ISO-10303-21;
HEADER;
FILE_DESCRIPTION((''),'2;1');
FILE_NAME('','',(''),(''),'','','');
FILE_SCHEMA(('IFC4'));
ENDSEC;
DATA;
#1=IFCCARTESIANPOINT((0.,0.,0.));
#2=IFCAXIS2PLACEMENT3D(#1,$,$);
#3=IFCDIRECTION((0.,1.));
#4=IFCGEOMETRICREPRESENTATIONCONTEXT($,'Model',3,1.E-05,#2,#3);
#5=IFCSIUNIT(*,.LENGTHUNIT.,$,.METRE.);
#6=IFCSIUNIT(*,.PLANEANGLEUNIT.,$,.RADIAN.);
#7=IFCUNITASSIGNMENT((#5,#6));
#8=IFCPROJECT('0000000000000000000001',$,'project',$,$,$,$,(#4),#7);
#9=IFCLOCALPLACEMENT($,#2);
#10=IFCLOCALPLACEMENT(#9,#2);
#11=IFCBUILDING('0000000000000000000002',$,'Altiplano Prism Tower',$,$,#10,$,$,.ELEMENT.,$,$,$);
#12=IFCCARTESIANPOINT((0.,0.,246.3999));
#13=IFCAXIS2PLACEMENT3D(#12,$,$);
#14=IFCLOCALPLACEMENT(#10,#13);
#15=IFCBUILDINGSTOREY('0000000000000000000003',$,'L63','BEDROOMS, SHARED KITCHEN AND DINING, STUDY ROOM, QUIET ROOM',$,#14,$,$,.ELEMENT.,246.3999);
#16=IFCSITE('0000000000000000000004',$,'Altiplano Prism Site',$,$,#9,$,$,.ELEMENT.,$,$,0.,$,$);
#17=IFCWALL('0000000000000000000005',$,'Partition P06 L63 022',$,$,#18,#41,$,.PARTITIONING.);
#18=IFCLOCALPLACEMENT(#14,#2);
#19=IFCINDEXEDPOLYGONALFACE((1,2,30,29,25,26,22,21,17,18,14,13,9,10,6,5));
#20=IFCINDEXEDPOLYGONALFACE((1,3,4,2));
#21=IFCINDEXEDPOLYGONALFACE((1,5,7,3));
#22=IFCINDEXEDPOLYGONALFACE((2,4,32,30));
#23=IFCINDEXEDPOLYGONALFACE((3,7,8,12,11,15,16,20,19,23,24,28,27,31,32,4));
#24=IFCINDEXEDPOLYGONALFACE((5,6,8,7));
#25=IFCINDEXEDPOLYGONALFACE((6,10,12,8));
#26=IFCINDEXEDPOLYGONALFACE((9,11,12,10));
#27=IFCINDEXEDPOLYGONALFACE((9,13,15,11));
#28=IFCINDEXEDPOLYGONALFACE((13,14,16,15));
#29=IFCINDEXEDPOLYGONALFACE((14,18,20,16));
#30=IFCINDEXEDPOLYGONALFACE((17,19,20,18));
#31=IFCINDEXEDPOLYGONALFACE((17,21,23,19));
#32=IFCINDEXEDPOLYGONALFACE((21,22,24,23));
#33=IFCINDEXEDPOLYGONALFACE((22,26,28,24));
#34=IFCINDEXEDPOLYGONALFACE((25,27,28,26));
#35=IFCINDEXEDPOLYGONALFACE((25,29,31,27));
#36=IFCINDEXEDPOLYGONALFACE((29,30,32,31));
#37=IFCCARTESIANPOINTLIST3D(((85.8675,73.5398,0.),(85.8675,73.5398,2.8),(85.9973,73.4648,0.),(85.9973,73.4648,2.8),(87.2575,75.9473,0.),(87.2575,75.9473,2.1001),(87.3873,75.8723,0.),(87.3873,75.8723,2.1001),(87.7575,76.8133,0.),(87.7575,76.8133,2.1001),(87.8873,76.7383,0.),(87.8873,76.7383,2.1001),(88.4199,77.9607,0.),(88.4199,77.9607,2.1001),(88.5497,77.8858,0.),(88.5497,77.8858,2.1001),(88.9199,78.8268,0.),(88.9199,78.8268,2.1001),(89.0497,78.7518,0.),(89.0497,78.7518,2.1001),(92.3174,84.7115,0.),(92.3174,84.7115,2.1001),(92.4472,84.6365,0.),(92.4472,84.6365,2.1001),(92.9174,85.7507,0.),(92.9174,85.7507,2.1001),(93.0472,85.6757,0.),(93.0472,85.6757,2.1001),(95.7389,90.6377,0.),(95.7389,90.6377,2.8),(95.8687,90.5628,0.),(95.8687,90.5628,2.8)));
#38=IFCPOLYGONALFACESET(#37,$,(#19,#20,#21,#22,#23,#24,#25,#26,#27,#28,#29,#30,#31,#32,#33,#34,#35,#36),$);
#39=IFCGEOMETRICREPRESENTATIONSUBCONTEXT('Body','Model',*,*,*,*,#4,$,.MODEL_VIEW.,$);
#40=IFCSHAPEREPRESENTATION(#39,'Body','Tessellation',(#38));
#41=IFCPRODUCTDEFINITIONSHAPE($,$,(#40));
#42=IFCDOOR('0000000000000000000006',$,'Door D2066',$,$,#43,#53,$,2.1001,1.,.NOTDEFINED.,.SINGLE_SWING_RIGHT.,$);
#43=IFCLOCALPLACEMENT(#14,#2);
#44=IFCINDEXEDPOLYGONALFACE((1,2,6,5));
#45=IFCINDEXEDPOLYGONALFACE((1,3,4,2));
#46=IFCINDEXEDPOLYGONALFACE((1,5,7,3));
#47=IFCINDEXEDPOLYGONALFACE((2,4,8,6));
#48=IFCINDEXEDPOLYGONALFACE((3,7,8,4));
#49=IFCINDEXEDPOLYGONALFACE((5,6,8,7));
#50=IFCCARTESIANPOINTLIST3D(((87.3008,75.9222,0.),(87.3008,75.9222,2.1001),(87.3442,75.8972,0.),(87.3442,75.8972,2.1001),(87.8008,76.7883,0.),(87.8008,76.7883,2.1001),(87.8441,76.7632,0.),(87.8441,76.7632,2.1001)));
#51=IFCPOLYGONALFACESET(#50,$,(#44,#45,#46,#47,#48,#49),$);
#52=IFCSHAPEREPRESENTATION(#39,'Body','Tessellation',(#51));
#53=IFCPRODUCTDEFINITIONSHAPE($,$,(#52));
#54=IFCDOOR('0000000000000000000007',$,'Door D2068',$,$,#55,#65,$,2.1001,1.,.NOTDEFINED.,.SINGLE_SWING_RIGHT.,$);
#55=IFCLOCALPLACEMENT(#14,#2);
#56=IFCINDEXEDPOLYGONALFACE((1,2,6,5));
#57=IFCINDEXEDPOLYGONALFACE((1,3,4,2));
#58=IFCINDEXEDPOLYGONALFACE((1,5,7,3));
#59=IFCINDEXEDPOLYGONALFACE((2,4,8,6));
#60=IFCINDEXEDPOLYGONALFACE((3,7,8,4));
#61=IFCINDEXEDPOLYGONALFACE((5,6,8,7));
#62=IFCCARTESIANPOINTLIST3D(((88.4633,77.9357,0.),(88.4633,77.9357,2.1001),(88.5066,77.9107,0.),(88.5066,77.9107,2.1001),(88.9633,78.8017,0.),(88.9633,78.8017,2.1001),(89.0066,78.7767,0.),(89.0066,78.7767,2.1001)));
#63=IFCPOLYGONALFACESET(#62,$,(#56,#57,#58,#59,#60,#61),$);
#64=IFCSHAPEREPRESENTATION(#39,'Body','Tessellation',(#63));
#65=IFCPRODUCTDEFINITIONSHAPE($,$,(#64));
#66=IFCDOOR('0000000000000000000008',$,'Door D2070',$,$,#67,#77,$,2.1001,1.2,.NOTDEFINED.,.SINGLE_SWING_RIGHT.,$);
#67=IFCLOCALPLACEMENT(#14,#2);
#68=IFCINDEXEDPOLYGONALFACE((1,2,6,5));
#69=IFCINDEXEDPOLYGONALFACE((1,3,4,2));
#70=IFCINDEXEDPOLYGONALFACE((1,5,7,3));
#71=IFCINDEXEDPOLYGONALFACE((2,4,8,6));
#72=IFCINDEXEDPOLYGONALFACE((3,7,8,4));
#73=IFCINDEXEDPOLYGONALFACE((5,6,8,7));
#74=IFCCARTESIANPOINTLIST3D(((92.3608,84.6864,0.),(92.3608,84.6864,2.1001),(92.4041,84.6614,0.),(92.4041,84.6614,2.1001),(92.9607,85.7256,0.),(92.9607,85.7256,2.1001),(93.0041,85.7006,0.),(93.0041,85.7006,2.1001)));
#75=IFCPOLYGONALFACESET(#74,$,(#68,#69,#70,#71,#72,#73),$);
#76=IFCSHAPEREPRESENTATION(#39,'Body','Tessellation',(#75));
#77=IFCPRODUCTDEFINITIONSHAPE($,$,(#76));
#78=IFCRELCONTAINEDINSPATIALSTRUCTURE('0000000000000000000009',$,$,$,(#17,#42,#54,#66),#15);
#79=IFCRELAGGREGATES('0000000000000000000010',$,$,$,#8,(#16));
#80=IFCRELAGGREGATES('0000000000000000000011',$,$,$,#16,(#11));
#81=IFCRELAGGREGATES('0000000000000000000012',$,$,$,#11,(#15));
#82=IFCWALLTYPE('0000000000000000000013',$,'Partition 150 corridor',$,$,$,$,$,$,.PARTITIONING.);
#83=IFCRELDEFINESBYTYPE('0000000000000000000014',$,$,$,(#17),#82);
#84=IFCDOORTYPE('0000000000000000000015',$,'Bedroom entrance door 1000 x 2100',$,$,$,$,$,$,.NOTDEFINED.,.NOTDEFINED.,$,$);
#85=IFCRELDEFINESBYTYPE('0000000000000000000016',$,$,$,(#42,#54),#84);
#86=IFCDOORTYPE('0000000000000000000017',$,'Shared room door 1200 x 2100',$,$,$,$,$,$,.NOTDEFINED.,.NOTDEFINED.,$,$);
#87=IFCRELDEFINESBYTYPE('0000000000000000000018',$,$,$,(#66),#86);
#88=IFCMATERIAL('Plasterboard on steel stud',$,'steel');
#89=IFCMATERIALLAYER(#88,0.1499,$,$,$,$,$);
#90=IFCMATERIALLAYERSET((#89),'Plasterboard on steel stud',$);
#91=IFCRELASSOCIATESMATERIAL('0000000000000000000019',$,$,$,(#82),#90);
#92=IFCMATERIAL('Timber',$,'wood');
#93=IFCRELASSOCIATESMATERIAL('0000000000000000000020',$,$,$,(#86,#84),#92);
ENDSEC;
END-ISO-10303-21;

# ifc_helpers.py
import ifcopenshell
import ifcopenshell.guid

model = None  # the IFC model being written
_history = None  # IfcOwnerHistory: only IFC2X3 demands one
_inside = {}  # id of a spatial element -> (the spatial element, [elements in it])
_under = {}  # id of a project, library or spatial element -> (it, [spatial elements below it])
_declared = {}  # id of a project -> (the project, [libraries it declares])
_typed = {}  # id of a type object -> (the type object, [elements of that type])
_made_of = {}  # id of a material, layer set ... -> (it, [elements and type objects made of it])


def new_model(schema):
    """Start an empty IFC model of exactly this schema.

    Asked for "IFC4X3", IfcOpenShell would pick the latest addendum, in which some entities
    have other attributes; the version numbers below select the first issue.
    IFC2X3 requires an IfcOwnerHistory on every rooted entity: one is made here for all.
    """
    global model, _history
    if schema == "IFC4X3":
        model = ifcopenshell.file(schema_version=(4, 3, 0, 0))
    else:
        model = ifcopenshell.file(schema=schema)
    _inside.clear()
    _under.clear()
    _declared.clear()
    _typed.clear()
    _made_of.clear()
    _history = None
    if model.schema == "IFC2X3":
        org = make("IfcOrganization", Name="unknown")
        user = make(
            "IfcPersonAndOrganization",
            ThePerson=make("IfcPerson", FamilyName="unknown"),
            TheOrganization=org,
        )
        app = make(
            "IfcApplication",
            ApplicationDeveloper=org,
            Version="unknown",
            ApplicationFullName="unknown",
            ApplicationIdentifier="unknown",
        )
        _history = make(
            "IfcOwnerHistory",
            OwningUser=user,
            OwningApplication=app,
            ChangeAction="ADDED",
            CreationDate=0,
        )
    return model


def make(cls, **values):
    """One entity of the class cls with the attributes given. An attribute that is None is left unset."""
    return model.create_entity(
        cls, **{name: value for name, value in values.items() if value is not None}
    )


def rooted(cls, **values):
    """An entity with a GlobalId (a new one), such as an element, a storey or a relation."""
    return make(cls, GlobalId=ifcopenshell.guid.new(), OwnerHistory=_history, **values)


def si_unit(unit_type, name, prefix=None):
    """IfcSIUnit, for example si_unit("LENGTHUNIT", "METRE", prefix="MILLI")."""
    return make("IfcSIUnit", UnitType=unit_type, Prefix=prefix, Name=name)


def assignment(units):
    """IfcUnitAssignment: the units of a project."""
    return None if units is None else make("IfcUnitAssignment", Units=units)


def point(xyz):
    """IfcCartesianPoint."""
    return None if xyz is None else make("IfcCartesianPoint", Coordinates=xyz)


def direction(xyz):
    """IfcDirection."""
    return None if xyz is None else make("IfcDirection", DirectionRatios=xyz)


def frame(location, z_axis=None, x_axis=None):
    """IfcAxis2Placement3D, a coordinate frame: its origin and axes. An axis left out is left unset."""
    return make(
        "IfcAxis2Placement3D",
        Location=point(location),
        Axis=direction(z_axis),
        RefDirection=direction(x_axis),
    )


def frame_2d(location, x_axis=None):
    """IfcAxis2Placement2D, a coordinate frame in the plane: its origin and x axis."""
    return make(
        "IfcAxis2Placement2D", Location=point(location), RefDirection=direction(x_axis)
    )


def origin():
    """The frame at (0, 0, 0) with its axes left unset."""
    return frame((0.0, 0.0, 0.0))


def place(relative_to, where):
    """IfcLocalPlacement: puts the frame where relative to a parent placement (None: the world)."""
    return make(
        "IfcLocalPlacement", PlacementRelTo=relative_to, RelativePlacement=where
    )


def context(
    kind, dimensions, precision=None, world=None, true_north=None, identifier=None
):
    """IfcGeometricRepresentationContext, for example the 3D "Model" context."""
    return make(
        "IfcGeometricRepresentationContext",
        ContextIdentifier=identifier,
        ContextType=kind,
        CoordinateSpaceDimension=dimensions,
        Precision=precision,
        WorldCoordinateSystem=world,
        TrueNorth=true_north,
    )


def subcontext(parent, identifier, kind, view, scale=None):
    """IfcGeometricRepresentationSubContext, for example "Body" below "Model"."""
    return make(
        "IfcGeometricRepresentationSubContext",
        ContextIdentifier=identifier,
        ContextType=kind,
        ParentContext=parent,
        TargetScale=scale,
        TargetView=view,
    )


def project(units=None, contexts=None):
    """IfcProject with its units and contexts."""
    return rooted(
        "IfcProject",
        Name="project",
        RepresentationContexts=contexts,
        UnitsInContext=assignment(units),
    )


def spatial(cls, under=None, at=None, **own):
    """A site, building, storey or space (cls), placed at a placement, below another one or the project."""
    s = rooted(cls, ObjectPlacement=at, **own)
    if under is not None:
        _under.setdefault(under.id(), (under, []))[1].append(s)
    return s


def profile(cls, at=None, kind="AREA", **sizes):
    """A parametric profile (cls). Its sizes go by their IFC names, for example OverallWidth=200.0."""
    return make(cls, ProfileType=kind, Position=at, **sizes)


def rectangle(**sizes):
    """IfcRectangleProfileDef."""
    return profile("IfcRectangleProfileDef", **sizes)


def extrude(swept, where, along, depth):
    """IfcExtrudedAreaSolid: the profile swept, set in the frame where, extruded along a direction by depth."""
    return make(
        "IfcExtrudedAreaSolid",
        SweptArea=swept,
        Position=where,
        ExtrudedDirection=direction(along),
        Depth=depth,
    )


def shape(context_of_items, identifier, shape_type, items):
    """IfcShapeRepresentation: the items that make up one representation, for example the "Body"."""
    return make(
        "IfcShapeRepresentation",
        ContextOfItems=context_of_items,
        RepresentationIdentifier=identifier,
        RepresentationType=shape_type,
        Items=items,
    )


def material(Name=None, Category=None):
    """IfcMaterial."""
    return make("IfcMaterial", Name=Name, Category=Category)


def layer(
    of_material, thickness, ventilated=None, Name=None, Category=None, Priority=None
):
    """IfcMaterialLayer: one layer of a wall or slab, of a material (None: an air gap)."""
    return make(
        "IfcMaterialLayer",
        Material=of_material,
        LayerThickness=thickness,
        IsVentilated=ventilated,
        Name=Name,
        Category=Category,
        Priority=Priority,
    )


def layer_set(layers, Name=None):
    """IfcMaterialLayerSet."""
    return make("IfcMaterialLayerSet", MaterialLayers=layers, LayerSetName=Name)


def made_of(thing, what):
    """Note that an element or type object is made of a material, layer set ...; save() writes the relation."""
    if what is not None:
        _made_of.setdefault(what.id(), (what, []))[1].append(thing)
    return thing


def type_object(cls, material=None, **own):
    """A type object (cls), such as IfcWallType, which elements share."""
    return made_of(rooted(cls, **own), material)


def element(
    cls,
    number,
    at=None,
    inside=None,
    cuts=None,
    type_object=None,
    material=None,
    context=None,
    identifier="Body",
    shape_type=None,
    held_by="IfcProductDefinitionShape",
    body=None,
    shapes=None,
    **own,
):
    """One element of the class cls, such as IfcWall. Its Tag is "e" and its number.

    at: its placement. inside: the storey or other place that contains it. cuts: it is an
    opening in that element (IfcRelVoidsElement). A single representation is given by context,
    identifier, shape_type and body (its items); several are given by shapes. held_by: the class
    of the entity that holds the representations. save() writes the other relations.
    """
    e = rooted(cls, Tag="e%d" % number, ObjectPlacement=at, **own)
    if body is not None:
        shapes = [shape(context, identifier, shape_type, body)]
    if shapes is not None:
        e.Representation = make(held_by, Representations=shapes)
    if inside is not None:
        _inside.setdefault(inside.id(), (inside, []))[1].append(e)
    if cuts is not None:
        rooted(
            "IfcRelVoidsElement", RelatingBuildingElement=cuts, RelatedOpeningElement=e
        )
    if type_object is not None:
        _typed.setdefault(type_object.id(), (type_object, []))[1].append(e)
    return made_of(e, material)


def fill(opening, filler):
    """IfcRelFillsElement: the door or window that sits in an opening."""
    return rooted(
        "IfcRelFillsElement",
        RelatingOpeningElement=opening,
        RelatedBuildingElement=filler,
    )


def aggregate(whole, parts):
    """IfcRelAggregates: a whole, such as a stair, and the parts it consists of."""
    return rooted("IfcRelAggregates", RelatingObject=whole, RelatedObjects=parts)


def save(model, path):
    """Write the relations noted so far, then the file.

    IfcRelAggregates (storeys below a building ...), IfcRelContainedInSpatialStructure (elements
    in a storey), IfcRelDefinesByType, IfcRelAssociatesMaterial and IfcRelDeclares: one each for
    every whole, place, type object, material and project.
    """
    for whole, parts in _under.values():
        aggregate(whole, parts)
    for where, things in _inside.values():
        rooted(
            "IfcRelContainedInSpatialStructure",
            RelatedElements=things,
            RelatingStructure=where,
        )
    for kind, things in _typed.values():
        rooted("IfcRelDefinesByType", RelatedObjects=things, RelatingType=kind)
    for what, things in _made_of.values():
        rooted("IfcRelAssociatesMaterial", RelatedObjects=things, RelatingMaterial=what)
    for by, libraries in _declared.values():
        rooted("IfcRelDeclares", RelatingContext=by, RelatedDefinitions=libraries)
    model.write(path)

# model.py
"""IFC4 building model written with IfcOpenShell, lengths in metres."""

from ifc_helpers import new_model, si_unit, direction, frame, frame_2d, origin, place, context, subcontext, project, spatial, rectangle, extrude, material, layer, layer_set, type_object, element, fill, save


model = new_model("IFC4")

# Units and contexts
model_context = context("Model", 3, precision=1e-05, world=origin(), true_north=direction((0.0, 1.0)))
body_context = subcontext(model_context, "Body", "Model", "MODEL_VIEW")
ifc_project = project(units=[si_unit("LENGTHUNIT", "METRE"), si_unit("PLANEANGLEUNIT", "RADIAN")], contexts=[model_context])

# Site, building, storey
site_placement = place(None, origin())
site = spatial("IfcSite", under=ifc_project, at=site_placement, Name="Altiplano Prism Site", CompositionType="ELEMENT", RefElevation=0.0)
building_placement = place(site_placement, origin())
building = spatial("IfcBuilding", under=site, at=building_placement, Name="Altiplano Prism Tower", CompositionType="ELEMENT")
storey_placement = place(building_placement, frame((0.0, 0.0, 246.3999)))
storey = spatial("IfcBuildingStorey", under=building, at=storey_placement, Name="L63", Description="BEDROOMS, SHARED KITCHEN AND DINING, STUDY ROOM, QUIET ROOM", CompositionType="ELEMENT", Elevation=246.3999)

# Shared definitions
ifc_material_1 = material(Name="Plasterboard on steel stud", Category="steel")

# Shared definitions
ifc_material_2 = material(Name="Timber", Category="wood")

# Shared definitions
ifc_layer_1 = layer(ifc_material_1, 0.1499)
ifc_layer_set_1 = layer_set([ifc_layer_1], Name="Plasterboard on steel stud")
wall_type_1 = type_object("IfcWallType", Name="Partition 150 corridor", PredefinedType="PARTITIONING", material=ifc_layer_set_1)

# Shared definitions
door_type_1 = type_object("IfcDoorType", Name="Shared room door 1200 x 2100", OperationType="NOTDEFINED", PredefinedType="NOTDEFINED", material=ifc_material_2)

# Wall, openings, doors
wall_1_placement = place(storey_placement, frame((85.9324, 73.5022, 0.0), z_axis=(0.0, 0.0, 1.0), x_axis=(0.499995, 0.866028, 0.0)))
wall_1 = element("IfcWall", 1, at=wall_1_placement, inside=storey, type_object=wall_type_1, Name="Partition P06 L63 022", PredefinedType="PARTITIONING", context=body_context, shape_type="SweptSolid", body=[
    extrude(rectangle(XDim=19.7429, YDim=0.1499, at=frame_2d((9.8716, 0.0))), origin(), (0.0, 0.0, 1.0), 2.8),
])
opening_1_placement = place(wall_1_placement, frame((2.78, 0.0, 0.0)))
opening_1 = element("IfcOpeningElement", 2, at=opening_1_placement, cuts=wall_1, PredefinedType="OPENING", context=body_context, shape_type="SweptSolid", body=[
    extrude(rectangle(XDim=1.0, YDim=2.1001, at=frame_2d((0.5, 1.05))), frame((0.0, 0.0854, 0.0), z_axis=(0.0, -1.0, 0.0), x_axis=(1.0, 0.0, 0.0)), (0.0, 0.0, 1.0), 0.1709),
])
opening_2_placement = place(wall_1_placement, frame((5.105, 0.0, 0.0)))
opening_2 = element("IfcOpeningElement", 3, at=opening_2_placement, cuts=wall_1, PredefinedType="OPENING", context=body_context, shape_type="SweptSolid", body=[
    extrude(rectangle(XDim=1.0, YDim=2.1001, at=frame_2d((0.5, 1.05))), frame((0.0, 0.0854, 0.0), z_axis=(0.0, -1.0, 0.0), x_axis=(1.0, 0.0, 0.0)), (0.0, 0.0, 1.0), 0.1709),
])
opening_3_placement = place(wall_1_placement, frame((12.8999, 0.0, 0.0)))
opening_3 = element("IfcOpeningElement", 4, at=opening_3_placement, cuts=wall_1, PredefinedType="OPENING", context=body_context, shape_type="SweptSolid", body=[
    extrude(rectangle(XDim=1.2, YDim=2.1001, at=frame_2d((0.6001, 1.05))), frame((0.0, 0.0854, 0.0), z_axis=(0.0, -1.0, 0.0), x_axis=(1.0, 0.0, 0.0)), (0.0, 0.0, 1.0), 0.1709),
])
door_type_2 = type_object("IfcDoorType", Name="Bedroom entrance door 1000 x 2100", OperationType="NOTDEFINED", PredefinedType="NOTDEFINED", material=ifc_material_2)
door_1_placement = place(opening_1_placement, origin())
door_1 = element("IfcDoor", 5, at=door_1_placement, inside=storey, type_object=door_type_2, Name="Door D2066", OperationType="SINGLE_SWING_RIGHT", OverallHeight=2.1001, OverallWidth=1.0, PredefinedType="NOTDEFINED", context=body_context, shape_type="SweptSolid", body=[
    extrude(rectangle(XDim=1.0, YDim=2.1001, at=frame_2d((0.5, 1.05))), frame((0.0, 0.0249, 0.0), z_axis=(0.0, -1.0, 0.0), x_axis=(1.0, 0.0, 0.0)), (0.0, 0.0, 1.0), 0.05),
])
fill(opening_1, door_1)
door_2_placement = place(opening_2_placement, origin())
door_2 = element("IfcDoor", 6, at=door_2_placement, inside=storey, type_object=door_type_2, Name="Door D2068", OperationType="SINGLE_SWING_RIGHT", OverallHeight=2.1001, OverallWidth=1.0, PredefinedType="NOTDEFINED", context=body_context, shape_type="SweptSolid", body=[
    extrude(rectangle(XDim=1.0, YDim=2.1001, at=frame_2d((0.5, 1.05))), frame((0.0, 0.0249, 0.0), z_axis=(0.0, -1.0, 0.0), x_axis=(1.0, 0.0, 0.0)), (0.0, 0.0, 1.0), 0.05),
])
fill(opening_2, door_2)
door_3_placement = place(opening_3_placement, origin())
door_3 = element("IfcDoor", 7, at=door_3_placement, inside=storey, type_object=door_type_1, Name="Door D2070", OperationType="SINGLE_SWING_RIGHT", OverallHeight=2.1001, OverallWidth=1.2, PredefinedType="NOTDEFINED", context=body_context, shape_type="SweptSolid", body=[
    extrude(rectangle(XDim=1.2, YDim=2.1001, at=frame_2d((0.6001, 1.05))), frame((0.0, 0.0249, 0.0), z_axis=(0.0, -1.0, 0.0), x_axis=(1.0, 0.0, 0.0)), (0.0, 0.0, 1.0), 0.05),
])
fill(opening_3, door_3)

save(model, "model.ifc")
